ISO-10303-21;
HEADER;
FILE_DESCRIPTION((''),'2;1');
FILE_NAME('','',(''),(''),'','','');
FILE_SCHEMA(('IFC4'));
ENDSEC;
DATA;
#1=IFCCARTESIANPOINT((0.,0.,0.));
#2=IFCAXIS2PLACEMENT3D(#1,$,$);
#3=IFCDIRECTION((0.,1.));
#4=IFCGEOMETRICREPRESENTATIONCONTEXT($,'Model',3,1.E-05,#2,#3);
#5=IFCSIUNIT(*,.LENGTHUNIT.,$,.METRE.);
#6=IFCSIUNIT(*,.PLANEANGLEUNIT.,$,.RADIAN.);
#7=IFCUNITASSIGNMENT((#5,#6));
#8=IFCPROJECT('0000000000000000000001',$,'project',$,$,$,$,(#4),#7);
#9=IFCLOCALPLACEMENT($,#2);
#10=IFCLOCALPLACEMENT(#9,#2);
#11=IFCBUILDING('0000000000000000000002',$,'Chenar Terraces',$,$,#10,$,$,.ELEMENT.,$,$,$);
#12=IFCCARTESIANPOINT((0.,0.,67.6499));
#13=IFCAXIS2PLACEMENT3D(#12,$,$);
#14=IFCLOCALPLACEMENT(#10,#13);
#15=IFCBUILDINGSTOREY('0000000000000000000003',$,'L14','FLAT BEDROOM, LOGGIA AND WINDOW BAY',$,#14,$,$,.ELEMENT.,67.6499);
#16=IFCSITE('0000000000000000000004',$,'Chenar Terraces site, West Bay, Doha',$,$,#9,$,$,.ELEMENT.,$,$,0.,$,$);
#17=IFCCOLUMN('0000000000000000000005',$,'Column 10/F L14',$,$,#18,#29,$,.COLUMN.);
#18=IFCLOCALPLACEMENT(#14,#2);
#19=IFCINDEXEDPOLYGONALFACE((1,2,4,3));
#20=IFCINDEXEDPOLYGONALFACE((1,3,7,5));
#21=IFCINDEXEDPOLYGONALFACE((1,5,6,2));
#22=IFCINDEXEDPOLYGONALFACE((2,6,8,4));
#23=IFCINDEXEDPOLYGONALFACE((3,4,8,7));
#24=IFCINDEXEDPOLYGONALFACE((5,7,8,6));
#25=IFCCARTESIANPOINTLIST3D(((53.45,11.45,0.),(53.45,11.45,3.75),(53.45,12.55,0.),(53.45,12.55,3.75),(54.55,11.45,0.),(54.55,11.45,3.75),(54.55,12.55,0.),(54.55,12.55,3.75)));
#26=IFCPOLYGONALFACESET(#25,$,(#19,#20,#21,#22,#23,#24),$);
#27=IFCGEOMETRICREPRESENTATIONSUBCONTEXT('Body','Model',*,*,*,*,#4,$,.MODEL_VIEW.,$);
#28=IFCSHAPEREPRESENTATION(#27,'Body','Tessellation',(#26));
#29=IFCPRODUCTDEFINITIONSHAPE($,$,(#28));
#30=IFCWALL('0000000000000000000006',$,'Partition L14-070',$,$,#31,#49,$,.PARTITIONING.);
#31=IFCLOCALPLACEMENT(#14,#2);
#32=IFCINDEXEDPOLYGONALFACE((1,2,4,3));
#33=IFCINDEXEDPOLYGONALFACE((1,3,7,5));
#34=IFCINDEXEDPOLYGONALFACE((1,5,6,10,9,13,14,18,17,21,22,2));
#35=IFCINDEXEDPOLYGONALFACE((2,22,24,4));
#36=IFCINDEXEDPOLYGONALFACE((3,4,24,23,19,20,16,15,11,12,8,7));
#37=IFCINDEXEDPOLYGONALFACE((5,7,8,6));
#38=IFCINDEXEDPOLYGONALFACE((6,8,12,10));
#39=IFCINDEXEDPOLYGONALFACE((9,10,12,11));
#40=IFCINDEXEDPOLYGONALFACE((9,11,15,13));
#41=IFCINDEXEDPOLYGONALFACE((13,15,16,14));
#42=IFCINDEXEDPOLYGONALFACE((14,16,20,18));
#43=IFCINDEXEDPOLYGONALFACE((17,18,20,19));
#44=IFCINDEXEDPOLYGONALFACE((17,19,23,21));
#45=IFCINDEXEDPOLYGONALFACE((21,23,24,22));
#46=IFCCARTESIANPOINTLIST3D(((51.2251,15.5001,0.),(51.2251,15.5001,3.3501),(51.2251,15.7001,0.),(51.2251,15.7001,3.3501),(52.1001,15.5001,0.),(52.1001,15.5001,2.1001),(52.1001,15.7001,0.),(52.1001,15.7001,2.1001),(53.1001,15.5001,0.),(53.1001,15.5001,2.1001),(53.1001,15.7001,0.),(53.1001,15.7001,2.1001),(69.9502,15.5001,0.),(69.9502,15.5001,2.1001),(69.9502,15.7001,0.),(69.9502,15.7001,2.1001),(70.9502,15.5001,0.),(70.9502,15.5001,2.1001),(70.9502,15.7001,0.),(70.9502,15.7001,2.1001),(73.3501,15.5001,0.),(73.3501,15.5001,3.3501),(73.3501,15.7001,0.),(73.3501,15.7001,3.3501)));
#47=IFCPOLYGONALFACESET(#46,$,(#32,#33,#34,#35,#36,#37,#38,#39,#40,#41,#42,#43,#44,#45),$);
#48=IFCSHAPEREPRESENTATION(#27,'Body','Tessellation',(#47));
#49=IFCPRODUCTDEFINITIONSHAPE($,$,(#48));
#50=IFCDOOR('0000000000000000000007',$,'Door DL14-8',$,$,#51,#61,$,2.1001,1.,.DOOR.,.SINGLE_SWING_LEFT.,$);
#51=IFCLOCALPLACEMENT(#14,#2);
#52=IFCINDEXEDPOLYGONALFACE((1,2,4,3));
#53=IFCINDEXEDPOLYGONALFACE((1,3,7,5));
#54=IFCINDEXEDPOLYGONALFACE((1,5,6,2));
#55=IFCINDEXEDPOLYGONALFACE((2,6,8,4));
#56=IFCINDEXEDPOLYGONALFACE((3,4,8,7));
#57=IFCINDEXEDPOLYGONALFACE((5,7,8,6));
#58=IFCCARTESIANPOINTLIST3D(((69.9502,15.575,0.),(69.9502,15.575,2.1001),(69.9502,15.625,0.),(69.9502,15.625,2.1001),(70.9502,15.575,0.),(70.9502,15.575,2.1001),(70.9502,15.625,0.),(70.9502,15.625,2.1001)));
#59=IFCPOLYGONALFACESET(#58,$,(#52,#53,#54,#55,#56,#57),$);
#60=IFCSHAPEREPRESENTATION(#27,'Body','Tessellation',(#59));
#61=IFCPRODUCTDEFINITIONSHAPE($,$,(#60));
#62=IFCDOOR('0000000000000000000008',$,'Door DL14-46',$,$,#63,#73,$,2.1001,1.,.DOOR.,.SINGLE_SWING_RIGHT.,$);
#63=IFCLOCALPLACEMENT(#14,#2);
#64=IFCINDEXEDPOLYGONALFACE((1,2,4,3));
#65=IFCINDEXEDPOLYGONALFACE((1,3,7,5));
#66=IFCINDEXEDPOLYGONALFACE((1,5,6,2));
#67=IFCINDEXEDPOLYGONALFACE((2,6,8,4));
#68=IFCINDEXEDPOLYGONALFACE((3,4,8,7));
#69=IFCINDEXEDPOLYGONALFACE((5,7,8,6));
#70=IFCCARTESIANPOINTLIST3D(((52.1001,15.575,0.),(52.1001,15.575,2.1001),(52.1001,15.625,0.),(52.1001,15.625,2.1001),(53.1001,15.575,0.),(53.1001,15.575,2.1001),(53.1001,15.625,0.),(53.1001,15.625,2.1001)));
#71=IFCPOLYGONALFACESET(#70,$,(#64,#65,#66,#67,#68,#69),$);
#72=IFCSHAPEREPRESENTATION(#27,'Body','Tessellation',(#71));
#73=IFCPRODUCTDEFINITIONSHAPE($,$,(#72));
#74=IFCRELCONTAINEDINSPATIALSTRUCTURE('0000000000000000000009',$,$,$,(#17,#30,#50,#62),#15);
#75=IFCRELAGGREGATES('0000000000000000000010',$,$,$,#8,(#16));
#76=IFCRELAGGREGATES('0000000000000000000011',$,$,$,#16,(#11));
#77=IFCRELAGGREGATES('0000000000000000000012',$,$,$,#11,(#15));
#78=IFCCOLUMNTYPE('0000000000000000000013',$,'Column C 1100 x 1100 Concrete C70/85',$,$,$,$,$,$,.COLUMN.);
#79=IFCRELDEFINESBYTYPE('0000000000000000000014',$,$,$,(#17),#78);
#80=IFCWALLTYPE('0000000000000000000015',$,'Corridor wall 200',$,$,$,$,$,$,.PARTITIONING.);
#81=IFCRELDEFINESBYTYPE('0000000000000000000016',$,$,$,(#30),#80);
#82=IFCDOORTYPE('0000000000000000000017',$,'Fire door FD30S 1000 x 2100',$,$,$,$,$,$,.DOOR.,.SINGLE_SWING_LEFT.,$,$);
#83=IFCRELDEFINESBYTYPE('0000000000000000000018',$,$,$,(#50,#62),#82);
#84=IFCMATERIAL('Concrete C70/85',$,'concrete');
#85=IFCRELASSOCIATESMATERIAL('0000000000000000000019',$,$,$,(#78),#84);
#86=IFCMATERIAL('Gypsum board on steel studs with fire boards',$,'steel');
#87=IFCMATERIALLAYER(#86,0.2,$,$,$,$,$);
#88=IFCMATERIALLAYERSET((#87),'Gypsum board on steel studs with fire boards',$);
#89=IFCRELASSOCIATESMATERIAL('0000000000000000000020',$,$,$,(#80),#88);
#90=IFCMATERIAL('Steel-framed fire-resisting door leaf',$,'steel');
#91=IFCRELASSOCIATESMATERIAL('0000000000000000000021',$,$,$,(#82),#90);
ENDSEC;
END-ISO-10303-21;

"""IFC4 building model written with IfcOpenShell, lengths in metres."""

from ifc_helpers import new_model, si_unit, direction, frame, frame_2d, origin, origin_2d, place, context, subcontext, project, spatial, rectangle, extrude, material, layer, layer_set, material_profile, profile_set, type_object, element, fill, save


model = new_model("IFC4")

# Units and contexts
model_context = context("Model", 3, precision=1e-05, world=origin(), true_north=direction((0.0, 1.0)))
body_context = subcontext(model_context, "Body", "Model", "MODEL_VIEW")
ifc_project = project(units=[si_unit("LENGTHUNIT", "METRE"), si_unit("PLANEANGLEUNIT", "RADIAN")], contexts=[model_context])

# Site, building, storey
site_placement = place(None, origin())
site = spatial("IfcSite", under=ifc_project, at=site_placement, Name="Chenar Terraces site, West Bay, Doha", CompositionType="ELEMENT", RefElevation=0.0)
building_placement = place(site_placement, origin())
building = spatial("IfcBuilding", under=site, at=building_placement, Name="Chenar Terraces", CompositionType="ELEMENT")
storey_placement = place(building_placement, frame((0.0, 0.0, 67.6499)))
storey = spatial("IfcBuildingStorey", under=building, at=storey_placement, Name="L14", Description="FLAT BEDROOM, LOGGIA AND WINDOW BAY", CompositionType="ELEMENT", Elevation=67.6499)

# Column
ifc_material_1 = material(Name="Concrete C70/85", Category="concrete")
ifc_material_profile = material_profile(ifc_material_1, rectangle(XDim=1.1001, YDim=1.1001, at=origin_2d()), Name="C 1100 x 1100")
ifc_profile_set = profile_set([ifc_material_profile], Name="Concrete C70/85")
column_type = type_object("IfcColumnType", Name="Column C 1100 x 1100 Concrete C70/85", PredefinedType="COLUMN", material=ifc_profile_set)
column_placement = place(storey_placement, frame((54.0, 12.0, 0.0), z_axis=(0.0, 0.0, 1.0), x_axis=(1.0, 0.0, 0.0)))
element("IfcColumn", 1, at=column_placement, inside=storey, type_object=column_type, Name="Column 10/F L14", PredefinedType="COLUMN", context=body_context, shape_type="SweptSolid", body=[
    extrude(rectangle(XDim=1.1001, YDim=1.1001, at=origin_2d()), origin(), (0.0, 0.0, 1.0), 3.75),
])

# Wall, openings, doors
ifc_material_2 = material(Name="Gypsum board on steel studs with fire boards", Category="steel")
ifc_layer_1 = layer(ifc_material_2, 0.2)
ifc_layer_set_1 = layer_set([ifc_layer_1], Name="Gypsum board on steel studs with fire boards")
wall_type_1 = type_object("IfcWallType", Name="Corridor wall 200", PredefinedType="PARTITIONING", material=ifc_layer_set_1)
wall_1_placement = place(storey_placement, frame((51.2251, 15.6001, 0.0), z_axis=(0.0, 0.0, 1.0), x_axis=(1.0, 0.0, 0.0)))
wall_1 = element("IfcWall", 2, at=wall_1_placement, inside=storey, type_object=wall_type_1, Name="Partition L14-070", PredefinedType="PARTITIONING", context=body_context, shape_type="SweptSolid", body=[
    extrude(rectangle(XDim=22.125, YDim=0.2, at=frame_2d((11.0625, 0.0))), origin(), (0.0, 0.0, 1.0), 3.3501),
])
opening_1_placement = place(wall_1_placement, frame((18.7251, 0.0, 0.0)))
opening_1 = element("IfcOpeningElement", 3, at=opening_1_placement, cuts=wall_1, PredefinedType="OPENING", context=body_context, shape_type="SweptSolid", body=[
    extrude(rectangle(XDim=1.0, YDim=2.1001, at=frame_2d((0.5, 1.05))), frame((0.0, 0.1099, 0.0), z_axis=(0.0, -1.0, 0.0), x_axis=(1.0, 0.0, 0.0)), (0.0, 0.0, 1.0), 0.22),
])
opening_2_placement = place(wall_1_placement, frame((0.875, 0.0, 0.0)))
opening_2 = element("IfcOpeningElement", 4, at=opening_2_placement, cuts=wall_1, PredefinedType="OPENING", context=body_context, shape_type="SweptSolid", body=[
    extrude(rectangle(XDim=1.0, YDim=2.1001, at=frame_2d((0.5, 1.05))), frame((0.0, 0.1099, 0.0), z_axis=(0.0, -1.0, 0.0), x_axis=(1.0, 0.0, 0.0)), (0.0, 0.0, 1.0), 0.22),
])
ifc_material_3 = material(Name="Steel-framed fire-resisting door leaf", Category="steel")
door_type_1 = type_object("IfcDoorType", Name="Fire door FD30S 1000 x 2100", OperationType="SINGLE_SWING_LEFT", PredefinedType="DOOR", material=ifc_material_3)
door_1_placement = place(opening_1_placement, origin())
door_1 = element("IfcDoor", 5, at=door_1_placement, inside=storey, type_object=door_type_1, Name="Door DL14-8", OperationType="SINGLE_SWING_LEFT", OverallHeight=2.1001, OverallWidth=1.0, PredefinedType="DOOR", context=body_context, shape_type="SweptSolid", body=[
    extrude(rectangle(XDim=1.0, YDim=2.1001, at=frame_2d((0.5, 1.05))), frame((0.0, 0.0249, 0.0), z_axis=(0.0, -1.0, 0.0), x_axis=(1.0, 0.0, 0.0)), (0.0, 0.0, 1.0), 0.05),
])
fill(opening_1, door_1)
door_2_placement = place(opening_2_placement, origin())
door_2 = element("IfcDoor", 6, at=door_2_placement, inside=storey, type_object=door_type_1, Name="Door DL14-46", OperationType="SINGLE_SWING_RIGHT", OverallHeight=2.1001, OverallWidth=1.0, PredefinedType="DOOR", context=body_context, shape_type="SweptSolid", body=[
    extrude(rectangle(XDim=1.0, YDim=2.1001, at=frame_2d((0.5, 1.05))), frame((0.0, 0.0249, 0.0), z_axis=(0.0, -1.0, 0.0), x_axis=(1.0, 0.0, 0.0)), (0.0, 0.0, 1.0), 0.05),
])
fill(opening_2, door_2)

save(model, "model.ifc")
